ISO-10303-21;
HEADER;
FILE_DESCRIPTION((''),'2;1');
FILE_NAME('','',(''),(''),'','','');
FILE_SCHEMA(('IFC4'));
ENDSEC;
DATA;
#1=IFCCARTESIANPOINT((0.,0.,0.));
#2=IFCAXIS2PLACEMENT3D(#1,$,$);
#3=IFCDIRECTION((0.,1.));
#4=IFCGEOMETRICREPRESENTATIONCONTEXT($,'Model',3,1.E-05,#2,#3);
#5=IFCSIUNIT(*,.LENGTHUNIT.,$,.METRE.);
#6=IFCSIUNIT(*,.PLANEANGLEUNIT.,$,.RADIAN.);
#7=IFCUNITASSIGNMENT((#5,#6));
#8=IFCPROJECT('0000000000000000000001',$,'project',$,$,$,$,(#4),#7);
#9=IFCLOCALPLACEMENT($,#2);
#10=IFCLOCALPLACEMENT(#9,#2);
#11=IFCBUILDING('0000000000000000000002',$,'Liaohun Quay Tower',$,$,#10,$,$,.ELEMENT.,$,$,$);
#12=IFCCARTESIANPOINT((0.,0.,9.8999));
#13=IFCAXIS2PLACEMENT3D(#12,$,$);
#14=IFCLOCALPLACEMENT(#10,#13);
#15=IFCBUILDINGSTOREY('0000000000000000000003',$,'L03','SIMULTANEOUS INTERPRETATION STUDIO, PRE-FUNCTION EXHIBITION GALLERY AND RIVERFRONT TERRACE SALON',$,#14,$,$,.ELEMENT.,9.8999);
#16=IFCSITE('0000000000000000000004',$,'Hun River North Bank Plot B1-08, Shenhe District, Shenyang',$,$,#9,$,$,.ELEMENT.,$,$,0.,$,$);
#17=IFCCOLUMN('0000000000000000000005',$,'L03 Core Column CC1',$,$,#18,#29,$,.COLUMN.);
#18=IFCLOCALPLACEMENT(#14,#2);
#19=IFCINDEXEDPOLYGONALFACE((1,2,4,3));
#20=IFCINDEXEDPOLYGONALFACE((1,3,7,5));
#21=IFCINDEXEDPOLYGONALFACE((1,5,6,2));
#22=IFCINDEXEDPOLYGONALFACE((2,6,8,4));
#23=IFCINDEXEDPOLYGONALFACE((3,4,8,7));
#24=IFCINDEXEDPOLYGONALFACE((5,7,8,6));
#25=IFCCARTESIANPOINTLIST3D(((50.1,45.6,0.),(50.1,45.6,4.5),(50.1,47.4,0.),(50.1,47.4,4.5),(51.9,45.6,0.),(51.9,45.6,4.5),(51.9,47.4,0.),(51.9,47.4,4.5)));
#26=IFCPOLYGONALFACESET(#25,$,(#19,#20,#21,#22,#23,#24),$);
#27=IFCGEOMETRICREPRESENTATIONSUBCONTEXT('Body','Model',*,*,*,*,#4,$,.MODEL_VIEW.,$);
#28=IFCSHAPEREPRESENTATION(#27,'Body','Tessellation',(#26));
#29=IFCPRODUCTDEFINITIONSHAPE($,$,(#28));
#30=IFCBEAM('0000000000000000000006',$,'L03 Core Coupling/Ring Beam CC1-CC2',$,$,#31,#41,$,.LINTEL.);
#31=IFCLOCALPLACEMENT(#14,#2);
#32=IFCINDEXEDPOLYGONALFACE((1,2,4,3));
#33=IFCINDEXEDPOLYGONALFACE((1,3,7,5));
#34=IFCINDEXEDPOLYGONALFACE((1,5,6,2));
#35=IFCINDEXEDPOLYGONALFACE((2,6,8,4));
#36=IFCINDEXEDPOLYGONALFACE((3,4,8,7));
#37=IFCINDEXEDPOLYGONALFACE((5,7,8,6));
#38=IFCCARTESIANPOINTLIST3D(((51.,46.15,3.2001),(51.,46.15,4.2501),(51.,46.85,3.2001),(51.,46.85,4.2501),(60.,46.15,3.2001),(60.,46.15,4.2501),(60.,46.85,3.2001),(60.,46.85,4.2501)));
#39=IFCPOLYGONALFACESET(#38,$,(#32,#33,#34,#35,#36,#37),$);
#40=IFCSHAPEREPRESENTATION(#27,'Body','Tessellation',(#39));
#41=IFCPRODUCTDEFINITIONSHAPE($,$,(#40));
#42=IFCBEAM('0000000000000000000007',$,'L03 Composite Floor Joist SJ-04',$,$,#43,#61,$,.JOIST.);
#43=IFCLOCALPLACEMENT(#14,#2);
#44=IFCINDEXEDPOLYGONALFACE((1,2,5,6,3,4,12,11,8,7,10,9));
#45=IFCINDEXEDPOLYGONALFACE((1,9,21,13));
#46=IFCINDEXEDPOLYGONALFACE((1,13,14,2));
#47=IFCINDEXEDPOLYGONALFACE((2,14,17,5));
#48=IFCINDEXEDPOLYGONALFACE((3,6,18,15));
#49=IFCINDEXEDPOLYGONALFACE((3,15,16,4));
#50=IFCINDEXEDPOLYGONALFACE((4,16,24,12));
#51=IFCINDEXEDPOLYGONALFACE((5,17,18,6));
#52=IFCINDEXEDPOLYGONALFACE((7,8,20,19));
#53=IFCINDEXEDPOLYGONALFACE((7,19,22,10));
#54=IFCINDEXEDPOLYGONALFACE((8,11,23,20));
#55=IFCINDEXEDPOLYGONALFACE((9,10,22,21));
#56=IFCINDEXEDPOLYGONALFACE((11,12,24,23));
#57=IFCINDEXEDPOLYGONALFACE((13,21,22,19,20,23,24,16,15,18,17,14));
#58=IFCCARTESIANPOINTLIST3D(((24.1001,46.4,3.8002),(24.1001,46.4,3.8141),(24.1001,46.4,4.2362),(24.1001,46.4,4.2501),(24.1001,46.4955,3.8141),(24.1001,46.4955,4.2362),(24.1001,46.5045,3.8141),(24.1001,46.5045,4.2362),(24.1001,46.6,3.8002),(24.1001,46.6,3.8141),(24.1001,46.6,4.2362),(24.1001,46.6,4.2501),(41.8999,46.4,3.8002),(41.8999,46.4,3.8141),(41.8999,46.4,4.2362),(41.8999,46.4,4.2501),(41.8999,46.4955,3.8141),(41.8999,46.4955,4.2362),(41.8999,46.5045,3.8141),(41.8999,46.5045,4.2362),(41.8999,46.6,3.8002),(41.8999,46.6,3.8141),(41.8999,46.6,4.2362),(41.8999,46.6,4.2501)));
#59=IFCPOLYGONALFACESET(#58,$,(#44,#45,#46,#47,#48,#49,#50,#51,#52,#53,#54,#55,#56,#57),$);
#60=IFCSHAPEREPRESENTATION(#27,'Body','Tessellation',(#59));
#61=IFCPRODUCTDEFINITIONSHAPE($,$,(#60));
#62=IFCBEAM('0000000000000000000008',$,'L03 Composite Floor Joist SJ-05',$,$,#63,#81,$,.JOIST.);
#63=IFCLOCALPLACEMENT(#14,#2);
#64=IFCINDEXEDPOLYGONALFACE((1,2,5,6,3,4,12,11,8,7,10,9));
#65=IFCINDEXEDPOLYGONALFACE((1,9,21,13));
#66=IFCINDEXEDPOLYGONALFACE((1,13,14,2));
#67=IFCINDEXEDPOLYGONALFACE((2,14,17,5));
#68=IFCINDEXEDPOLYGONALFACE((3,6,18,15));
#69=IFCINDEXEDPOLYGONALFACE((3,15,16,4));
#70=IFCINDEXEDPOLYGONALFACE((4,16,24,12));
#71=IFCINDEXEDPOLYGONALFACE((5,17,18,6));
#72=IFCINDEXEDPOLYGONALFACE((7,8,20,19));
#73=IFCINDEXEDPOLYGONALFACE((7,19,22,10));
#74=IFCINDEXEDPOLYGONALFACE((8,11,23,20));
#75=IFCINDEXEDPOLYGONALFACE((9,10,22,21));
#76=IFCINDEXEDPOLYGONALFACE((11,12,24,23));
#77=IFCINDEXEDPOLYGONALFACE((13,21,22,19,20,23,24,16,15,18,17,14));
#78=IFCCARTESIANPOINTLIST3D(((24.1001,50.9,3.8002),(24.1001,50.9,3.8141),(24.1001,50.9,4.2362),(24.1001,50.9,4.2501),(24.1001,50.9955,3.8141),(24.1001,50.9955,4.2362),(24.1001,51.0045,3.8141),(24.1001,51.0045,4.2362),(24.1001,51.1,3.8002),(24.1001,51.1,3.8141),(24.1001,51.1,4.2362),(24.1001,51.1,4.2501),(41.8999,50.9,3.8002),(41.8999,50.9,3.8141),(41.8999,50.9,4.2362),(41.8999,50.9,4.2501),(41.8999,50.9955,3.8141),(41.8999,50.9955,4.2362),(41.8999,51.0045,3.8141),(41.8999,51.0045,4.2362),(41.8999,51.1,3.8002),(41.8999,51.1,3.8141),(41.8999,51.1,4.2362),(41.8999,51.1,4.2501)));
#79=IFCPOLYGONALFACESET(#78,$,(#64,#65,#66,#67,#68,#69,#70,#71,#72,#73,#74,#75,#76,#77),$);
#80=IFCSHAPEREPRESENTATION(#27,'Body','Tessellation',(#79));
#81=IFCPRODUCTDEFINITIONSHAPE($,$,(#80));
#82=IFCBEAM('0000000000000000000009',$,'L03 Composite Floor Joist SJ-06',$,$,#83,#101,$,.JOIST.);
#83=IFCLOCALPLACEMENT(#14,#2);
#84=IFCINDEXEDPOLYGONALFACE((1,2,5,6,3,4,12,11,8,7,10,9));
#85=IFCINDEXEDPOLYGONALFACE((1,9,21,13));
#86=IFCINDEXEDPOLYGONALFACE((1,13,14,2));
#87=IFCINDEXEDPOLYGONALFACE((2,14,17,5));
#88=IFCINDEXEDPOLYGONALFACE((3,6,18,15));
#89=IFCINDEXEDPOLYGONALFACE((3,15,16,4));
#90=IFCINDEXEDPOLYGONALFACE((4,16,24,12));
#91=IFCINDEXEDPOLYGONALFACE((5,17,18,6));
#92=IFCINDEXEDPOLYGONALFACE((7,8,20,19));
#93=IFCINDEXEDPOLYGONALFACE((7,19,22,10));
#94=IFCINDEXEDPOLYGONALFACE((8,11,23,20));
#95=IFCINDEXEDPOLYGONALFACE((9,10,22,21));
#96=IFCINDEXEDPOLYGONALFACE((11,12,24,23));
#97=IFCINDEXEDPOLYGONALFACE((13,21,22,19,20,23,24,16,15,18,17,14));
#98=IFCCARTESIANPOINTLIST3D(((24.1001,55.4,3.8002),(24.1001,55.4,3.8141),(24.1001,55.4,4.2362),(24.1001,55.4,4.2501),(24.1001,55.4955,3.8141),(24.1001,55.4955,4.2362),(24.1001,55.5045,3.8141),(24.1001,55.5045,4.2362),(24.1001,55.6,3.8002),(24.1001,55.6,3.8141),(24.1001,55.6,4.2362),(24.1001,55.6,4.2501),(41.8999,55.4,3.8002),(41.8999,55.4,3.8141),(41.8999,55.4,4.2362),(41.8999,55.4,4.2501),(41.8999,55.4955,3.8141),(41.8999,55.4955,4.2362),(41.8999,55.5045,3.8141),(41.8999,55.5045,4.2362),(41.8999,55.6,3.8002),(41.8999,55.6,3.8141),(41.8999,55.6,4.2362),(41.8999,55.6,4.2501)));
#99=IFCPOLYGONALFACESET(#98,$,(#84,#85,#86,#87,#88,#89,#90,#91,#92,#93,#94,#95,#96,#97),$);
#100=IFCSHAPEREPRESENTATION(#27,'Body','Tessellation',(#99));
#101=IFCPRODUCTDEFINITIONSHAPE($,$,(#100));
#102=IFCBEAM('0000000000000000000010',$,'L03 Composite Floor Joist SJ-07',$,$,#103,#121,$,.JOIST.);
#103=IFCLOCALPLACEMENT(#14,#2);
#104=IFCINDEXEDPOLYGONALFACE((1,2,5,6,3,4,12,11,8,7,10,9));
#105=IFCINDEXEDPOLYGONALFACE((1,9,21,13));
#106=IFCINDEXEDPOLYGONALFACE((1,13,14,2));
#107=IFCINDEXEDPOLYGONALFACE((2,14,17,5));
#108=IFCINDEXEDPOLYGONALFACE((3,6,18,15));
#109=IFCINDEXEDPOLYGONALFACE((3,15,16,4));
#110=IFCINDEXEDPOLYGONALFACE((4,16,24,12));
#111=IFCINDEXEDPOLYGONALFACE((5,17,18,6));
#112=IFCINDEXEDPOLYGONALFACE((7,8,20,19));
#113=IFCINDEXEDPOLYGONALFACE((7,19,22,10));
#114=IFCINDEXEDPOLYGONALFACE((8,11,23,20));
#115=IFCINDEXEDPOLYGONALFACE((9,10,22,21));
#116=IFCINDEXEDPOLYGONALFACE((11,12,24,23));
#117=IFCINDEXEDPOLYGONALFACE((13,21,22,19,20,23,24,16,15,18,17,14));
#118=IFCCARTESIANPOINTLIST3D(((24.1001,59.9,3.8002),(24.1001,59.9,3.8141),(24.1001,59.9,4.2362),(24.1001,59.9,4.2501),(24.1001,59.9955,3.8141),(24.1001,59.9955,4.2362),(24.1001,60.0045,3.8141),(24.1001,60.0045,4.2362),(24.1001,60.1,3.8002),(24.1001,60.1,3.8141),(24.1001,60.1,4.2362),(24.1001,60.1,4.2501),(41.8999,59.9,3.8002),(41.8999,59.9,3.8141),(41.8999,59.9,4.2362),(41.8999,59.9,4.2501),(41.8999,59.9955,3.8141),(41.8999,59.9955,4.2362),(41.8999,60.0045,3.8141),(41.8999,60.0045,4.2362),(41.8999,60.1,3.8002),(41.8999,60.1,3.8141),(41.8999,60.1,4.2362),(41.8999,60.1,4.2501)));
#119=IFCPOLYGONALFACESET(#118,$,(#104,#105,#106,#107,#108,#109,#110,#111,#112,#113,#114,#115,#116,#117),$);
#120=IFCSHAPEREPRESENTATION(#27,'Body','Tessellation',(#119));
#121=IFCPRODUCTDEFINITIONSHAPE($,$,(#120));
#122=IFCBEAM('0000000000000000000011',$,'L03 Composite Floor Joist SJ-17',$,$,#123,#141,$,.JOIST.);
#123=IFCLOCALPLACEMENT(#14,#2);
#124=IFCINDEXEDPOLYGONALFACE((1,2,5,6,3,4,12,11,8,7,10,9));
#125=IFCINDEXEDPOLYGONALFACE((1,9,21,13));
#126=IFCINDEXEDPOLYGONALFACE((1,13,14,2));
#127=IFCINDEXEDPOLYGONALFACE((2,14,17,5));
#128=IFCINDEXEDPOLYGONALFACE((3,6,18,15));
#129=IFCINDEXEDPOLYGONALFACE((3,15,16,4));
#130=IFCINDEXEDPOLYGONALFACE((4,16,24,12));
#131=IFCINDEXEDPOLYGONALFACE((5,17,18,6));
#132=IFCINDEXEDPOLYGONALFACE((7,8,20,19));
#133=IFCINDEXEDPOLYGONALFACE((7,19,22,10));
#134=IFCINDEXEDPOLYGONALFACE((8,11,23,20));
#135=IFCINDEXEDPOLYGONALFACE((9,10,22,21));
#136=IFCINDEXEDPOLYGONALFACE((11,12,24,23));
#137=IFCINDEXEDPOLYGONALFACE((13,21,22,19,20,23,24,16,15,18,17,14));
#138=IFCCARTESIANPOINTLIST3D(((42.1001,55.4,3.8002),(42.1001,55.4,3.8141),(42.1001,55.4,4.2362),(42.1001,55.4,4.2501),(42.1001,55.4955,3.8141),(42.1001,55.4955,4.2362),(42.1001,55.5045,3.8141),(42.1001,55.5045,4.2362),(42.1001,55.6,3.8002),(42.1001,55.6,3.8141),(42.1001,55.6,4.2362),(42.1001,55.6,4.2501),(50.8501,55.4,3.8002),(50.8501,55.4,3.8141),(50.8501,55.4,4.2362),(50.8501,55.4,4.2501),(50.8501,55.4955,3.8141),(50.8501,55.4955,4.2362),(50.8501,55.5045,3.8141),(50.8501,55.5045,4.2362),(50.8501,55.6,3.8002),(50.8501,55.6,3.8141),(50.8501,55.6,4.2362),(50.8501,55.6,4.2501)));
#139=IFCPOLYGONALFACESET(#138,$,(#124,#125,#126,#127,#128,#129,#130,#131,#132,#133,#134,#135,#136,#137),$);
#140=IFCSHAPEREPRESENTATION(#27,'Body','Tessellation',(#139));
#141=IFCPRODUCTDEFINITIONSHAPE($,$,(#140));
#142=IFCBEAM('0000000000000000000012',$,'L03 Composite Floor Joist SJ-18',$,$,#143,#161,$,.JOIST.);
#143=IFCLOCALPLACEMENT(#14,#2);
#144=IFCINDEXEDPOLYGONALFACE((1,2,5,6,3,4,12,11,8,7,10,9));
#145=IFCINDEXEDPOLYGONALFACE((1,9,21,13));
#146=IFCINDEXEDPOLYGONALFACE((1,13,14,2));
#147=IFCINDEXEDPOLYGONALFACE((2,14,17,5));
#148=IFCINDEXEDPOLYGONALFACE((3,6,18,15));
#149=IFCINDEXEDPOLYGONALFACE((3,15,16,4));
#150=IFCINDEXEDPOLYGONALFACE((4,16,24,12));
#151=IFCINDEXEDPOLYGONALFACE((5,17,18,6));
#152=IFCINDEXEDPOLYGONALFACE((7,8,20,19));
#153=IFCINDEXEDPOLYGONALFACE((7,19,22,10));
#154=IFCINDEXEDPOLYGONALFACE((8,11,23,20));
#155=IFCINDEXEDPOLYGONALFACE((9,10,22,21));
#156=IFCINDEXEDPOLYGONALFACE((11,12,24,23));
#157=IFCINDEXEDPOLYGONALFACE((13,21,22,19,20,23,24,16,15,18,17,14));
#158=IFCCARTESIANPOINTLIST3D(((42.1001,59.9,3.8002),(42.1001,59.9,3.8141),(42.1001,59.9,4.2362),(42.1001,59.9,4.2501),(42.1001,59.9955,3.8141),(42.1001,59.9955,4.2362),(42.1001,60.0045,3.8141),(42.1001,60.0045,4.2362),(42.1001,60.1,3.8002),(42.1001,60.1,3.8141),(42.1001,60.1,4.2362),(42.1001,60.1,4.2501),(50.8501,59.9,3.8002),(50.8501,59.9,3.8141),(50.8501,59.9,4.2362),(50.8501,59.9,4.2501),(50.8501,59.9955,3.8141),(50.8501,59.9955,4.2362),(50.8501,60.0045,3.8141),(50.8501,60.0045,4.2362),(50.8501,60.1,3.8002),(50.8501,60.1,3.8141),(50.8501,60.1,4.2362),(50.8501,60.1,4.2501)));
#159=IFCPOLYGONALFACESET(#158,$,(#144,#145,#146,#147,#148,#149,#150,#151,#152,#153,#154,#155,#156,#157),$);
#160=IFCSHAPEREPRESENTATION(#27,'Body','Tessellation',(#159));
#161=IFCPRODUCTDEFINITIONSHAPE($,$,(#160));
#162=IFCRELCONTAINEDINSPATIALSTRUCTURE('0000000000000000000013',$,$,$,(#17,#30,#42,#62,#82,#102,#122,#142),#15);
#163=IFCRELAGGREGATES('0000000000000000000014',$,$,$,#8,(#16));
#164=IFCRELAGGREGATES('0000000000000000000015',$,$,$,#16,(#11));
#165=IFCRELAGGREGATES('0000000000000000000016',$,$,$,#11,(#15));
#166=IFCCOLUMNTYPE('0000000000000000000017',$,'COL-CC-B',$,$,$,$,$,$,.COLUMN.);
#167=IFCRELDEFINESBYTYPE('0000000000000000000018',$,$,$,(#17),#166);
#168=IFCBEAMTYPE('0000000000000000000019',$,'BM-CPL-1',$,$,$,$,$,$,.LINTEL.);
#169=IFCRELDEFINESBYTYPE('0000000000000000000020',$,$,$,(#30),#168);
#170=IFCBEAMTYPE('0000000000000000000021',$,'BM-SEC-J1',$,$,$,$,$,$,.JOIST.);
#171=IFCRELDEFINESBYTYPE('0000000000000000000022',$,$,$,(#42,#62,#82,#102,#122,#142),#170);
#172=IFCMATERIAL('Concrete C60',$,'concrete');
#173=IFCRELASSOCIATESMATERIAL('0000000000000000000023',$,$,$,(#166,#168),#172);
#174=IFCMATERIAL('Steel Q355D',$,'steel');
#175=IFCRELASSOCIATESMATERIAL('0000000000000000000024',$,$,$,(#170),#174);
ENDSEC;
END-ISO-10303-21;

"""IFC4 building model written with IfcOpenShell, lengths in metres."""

from ifc_helpers import new_model, si_unit, direction, frame, origin, origin_2d, place, context, subcontext, project, spatial, rectangle, i_section, extrude, source, transform, mapped, material, material_profile, profile_set, type_object, element, save


model = new_model("IFC4")

# Units and contexts
model_context = context("Model", 3, precision=1e-05, world=origin(), true_north=direction((0.0, 1.0)))
body_context = subcontext(model_context, "Body", "Model", "MODEL_VIEW")
ifc_project = project(units=[si_unit("LENGTHUNIT", "METRE"), si_unit("PLANEANGLEUNIT", "RADIAN")], contexts=[model_context])

# Site, building, storey
site_placement = place(None, origin())
site = spatial("IfcSite", under=ifc_project, at=site_placement, Name="Hun River North Bank Plot B1-08, Shenhe District, Shenyang", CompositionType="ELEMENT", RefElevation=0.0)
building_placement = place(site_placement, origin())
building = spatial("IfcBuilding", under=site, at=building_placement, Name="Liaohun Quay Tower", CompositionType="ELEMENT")
storey_placement = place(building_placement, frame((0.0, 0.0, 9.8999)))
storey = spatial("IfcBuildingStorey", under=building, at=storey_placement, Name="L03", Description="SIMULTANEOUS INTERPRETATION STUDIO, PRE-FUNCTION EXHIBITION GALLERY AND RIVERFRONT TERRACE SALON", CompositionType="ELEMENT", Elevation=9.8999)

# Column
ifc_material_1 = material(Name="Concrete C60", Category="concrete")
ifc_material_profile_1 = material_profile(ifc_material_1, rectangle(XDim=1.8, YDim=1.8, at=origin_2d()), Name="RC1800x1800")
ifc_profile_set_1 = profile_set([ifc_material_profile_1], Name="Concrete C60")
column_type = type_object("IfcColumnType", Name="COL-CC-B", PredefinedType="COLUMN", material=ifc_profile_set_1)
shared_shape_1 = source(origin(), body_context, "Body", "SweptSolid", [
    extrude(rectangle(XDim=1.8, YDim=1.8, at=origin_2d()), origin(), (0.0, 0.0, 1.0), 4.5),
])
column_placement = place(storey_placement, frame((51.0, 46.5, 0.0), z_axis=(0.0, 0.0, 1.0), x_axis=(1.0, 0.0, 0.0)))
element("IfcColumn", 1, at=column_placement, inside=storey, type_object=column_type, Name="L03 Core Column CC1", PredefinedType="COLUMN", context=body_context, shape_type="MappedRepresentation", body=[
    mapped(shared_shape_1, transform((0.0, 0.0, 0.0), x_axis=(1.0, 0.0, 0.0), y_axis=(0.0, 1.0, 0.0), z_axis=(0.0, 0.0, 1.0), scale=1.0)),
])

# Beams
ifc_material_profile_2 = material_profile(ifc_material_1, rectangle(XDim=0.7, YDim=1.05, at=origin_2d()), Name="RC700x1050")
ifc_profile_set_2 = profile_set([ifc_material_profile_2], Name="Concrete C60")
beam_type_1 = type_object("IfcBeamType", Name="BM-CPL-1", PredefinedType="LINTEL", material=ifc_profile_set_2)
shared_shape_2 = source(origin(), body_context, "Body", "SweptSolid", [
    extrude(rectangle(XDim=0.7, YDim=1.05, at=origin_2d()), origin(), (0.0, 0.0, 1.0), 9.0),
])
beam_placement = place(storey_placement, frame((51.0, 46.5, 3.7251), z_axis=(1.0, 0.0, 0.0), x_axis=(0.0, 1.0, 0.0)))
element("IfcBeam", 2, at=beam_placement, inside=storey, type_object=beam_type_1, Name="L03 Core Coupling/Ring Beam CC1-CC2", PredefinedType="LINTEL", context=body_context, shape_type="MappedRepresentation", body=[
    mapped(shared_shape_2, transform((0.0, 0.0, 0.0), x_axis=(1.0, 0.0, 0.0), y_axis=(0.0, 1.0, 0.0), z_axis=(0.0, 0.0, 1.0), scale=1.0)),
])
ifc_material_2 = material(Name="Steel Q355D", Category="steel")
ifc_material_profile_3 = material_profile(ifc_material_2, i_section(OverallWidth=0.2, OverallDepth=0.45, WebThickness=0.009, FlangeThickness=0.0139, at=origin_2d()), Name="HN450x200x9x14")
ifc_profile_set_3 = profile_set([ifc_material_profile_3], Name="Steel Q355D")
beam_type_2 = type_object("IfcBeamType", Name="BM-SEC-J1", PredefinedType="JOIST", material=ifc_profile_set_3)
shared_shape_3 = source(origin(), body_context, "Body", "SweptSolid", [
    extrude(i_section(OverallWidth=0.2, OverallDepth=0.45, WebThickness=0.009, FlangeThickness=0.0139, at=origin_2d()), origin(), (0.0, 0.0, 1.0), 17.7998),
])
for number, where, z_axis, x_axis, name in (
    (3, (24.1001, 46.5, 4.0251), (1.0, 0.0, 0.0), (0.0, 1.0, 0.0), "L03 Composite Floor Joist SJ-04"),
    (4, (24.1001, 51.0, 4.0251), (1.0, 0.0, 0.0), (0.0, 1.0, 0.0), "L03 Composite Floor Joist SJ-05"),
    (5, (24.1001, 55.5, 4.0251), (1.0, 0.0, 0.0), (0.0, 1.0, 0.0), "L03 Composite Floor Joist SJ-06"),
    (6, (24.1001, 60.0, 4.0251), (1.0, 0.0, 0.0), (0.0, 1.0, 0.0), "L03 Composite Floor Joist SJ-07"),
):
    element("IfcBeam", number, at=place(storey_placement, frame(where, z_axis=z_axis, x_axis=x_axis)), inside=storey, type_object=beam_type_2, Name=name, PredefinedType="JOIST", context=body_context, shape_type="MappedRepresentation", body=[
        mapped(shared_shape_3, transform((0.0, 0.0, 0.0), x_axis=(1.0, 0.0, 0.0), y_axis=(0.0, 1.0, 0.0), z_axis=(0.0, 0.0, 1.0), scale=1.0)),
    ])
shared_shape_4 = source(origin(), body_context, "Body", "SweptSolid", [
    extrude(i_section(OverallWidth=0.2, OverallDepth=0.45, WebThickness=0.009, FlangeThickness=0.0139, at=origin_2d()), origin(), (0.0, 0.0, 1.0), 8.75),
])
for number, where, z_axis, x_axis, name in (
    (7, (42.1001, 55.5, 4.0251), (1.0, 0.0, 0.0), (0.0, 1.0, 0.0), "L03 Composite Floor Joist SJ-17"),
    (8, (42.1001, 60.0, 4.0251), (1.0, 0.0, 0.0), (0.0, 1.0, 0.0), "L03 Composite Floor Joist SJ-18"),
):
    element("IfcBeam", number, at=place(storey_placement, frame(where, z_axis=z_axis, x_axis=x_axis)), inside=storey, type_object=beam_type_2, Name=name, PredefinedType="JOIST", context=body_context, shape_type="MappedRepresentation", body=[
        mapped(shared_shape_4, transform((0.0, 0.0, 0.0), x_axis=(1.0, 0.0, 0.0), y_axis=(0.0, 1.0, 0.0), z_axis=(0.0, 0.0, 1.0), scale=1.0)),
    ])

save(model, "model.ifc")
